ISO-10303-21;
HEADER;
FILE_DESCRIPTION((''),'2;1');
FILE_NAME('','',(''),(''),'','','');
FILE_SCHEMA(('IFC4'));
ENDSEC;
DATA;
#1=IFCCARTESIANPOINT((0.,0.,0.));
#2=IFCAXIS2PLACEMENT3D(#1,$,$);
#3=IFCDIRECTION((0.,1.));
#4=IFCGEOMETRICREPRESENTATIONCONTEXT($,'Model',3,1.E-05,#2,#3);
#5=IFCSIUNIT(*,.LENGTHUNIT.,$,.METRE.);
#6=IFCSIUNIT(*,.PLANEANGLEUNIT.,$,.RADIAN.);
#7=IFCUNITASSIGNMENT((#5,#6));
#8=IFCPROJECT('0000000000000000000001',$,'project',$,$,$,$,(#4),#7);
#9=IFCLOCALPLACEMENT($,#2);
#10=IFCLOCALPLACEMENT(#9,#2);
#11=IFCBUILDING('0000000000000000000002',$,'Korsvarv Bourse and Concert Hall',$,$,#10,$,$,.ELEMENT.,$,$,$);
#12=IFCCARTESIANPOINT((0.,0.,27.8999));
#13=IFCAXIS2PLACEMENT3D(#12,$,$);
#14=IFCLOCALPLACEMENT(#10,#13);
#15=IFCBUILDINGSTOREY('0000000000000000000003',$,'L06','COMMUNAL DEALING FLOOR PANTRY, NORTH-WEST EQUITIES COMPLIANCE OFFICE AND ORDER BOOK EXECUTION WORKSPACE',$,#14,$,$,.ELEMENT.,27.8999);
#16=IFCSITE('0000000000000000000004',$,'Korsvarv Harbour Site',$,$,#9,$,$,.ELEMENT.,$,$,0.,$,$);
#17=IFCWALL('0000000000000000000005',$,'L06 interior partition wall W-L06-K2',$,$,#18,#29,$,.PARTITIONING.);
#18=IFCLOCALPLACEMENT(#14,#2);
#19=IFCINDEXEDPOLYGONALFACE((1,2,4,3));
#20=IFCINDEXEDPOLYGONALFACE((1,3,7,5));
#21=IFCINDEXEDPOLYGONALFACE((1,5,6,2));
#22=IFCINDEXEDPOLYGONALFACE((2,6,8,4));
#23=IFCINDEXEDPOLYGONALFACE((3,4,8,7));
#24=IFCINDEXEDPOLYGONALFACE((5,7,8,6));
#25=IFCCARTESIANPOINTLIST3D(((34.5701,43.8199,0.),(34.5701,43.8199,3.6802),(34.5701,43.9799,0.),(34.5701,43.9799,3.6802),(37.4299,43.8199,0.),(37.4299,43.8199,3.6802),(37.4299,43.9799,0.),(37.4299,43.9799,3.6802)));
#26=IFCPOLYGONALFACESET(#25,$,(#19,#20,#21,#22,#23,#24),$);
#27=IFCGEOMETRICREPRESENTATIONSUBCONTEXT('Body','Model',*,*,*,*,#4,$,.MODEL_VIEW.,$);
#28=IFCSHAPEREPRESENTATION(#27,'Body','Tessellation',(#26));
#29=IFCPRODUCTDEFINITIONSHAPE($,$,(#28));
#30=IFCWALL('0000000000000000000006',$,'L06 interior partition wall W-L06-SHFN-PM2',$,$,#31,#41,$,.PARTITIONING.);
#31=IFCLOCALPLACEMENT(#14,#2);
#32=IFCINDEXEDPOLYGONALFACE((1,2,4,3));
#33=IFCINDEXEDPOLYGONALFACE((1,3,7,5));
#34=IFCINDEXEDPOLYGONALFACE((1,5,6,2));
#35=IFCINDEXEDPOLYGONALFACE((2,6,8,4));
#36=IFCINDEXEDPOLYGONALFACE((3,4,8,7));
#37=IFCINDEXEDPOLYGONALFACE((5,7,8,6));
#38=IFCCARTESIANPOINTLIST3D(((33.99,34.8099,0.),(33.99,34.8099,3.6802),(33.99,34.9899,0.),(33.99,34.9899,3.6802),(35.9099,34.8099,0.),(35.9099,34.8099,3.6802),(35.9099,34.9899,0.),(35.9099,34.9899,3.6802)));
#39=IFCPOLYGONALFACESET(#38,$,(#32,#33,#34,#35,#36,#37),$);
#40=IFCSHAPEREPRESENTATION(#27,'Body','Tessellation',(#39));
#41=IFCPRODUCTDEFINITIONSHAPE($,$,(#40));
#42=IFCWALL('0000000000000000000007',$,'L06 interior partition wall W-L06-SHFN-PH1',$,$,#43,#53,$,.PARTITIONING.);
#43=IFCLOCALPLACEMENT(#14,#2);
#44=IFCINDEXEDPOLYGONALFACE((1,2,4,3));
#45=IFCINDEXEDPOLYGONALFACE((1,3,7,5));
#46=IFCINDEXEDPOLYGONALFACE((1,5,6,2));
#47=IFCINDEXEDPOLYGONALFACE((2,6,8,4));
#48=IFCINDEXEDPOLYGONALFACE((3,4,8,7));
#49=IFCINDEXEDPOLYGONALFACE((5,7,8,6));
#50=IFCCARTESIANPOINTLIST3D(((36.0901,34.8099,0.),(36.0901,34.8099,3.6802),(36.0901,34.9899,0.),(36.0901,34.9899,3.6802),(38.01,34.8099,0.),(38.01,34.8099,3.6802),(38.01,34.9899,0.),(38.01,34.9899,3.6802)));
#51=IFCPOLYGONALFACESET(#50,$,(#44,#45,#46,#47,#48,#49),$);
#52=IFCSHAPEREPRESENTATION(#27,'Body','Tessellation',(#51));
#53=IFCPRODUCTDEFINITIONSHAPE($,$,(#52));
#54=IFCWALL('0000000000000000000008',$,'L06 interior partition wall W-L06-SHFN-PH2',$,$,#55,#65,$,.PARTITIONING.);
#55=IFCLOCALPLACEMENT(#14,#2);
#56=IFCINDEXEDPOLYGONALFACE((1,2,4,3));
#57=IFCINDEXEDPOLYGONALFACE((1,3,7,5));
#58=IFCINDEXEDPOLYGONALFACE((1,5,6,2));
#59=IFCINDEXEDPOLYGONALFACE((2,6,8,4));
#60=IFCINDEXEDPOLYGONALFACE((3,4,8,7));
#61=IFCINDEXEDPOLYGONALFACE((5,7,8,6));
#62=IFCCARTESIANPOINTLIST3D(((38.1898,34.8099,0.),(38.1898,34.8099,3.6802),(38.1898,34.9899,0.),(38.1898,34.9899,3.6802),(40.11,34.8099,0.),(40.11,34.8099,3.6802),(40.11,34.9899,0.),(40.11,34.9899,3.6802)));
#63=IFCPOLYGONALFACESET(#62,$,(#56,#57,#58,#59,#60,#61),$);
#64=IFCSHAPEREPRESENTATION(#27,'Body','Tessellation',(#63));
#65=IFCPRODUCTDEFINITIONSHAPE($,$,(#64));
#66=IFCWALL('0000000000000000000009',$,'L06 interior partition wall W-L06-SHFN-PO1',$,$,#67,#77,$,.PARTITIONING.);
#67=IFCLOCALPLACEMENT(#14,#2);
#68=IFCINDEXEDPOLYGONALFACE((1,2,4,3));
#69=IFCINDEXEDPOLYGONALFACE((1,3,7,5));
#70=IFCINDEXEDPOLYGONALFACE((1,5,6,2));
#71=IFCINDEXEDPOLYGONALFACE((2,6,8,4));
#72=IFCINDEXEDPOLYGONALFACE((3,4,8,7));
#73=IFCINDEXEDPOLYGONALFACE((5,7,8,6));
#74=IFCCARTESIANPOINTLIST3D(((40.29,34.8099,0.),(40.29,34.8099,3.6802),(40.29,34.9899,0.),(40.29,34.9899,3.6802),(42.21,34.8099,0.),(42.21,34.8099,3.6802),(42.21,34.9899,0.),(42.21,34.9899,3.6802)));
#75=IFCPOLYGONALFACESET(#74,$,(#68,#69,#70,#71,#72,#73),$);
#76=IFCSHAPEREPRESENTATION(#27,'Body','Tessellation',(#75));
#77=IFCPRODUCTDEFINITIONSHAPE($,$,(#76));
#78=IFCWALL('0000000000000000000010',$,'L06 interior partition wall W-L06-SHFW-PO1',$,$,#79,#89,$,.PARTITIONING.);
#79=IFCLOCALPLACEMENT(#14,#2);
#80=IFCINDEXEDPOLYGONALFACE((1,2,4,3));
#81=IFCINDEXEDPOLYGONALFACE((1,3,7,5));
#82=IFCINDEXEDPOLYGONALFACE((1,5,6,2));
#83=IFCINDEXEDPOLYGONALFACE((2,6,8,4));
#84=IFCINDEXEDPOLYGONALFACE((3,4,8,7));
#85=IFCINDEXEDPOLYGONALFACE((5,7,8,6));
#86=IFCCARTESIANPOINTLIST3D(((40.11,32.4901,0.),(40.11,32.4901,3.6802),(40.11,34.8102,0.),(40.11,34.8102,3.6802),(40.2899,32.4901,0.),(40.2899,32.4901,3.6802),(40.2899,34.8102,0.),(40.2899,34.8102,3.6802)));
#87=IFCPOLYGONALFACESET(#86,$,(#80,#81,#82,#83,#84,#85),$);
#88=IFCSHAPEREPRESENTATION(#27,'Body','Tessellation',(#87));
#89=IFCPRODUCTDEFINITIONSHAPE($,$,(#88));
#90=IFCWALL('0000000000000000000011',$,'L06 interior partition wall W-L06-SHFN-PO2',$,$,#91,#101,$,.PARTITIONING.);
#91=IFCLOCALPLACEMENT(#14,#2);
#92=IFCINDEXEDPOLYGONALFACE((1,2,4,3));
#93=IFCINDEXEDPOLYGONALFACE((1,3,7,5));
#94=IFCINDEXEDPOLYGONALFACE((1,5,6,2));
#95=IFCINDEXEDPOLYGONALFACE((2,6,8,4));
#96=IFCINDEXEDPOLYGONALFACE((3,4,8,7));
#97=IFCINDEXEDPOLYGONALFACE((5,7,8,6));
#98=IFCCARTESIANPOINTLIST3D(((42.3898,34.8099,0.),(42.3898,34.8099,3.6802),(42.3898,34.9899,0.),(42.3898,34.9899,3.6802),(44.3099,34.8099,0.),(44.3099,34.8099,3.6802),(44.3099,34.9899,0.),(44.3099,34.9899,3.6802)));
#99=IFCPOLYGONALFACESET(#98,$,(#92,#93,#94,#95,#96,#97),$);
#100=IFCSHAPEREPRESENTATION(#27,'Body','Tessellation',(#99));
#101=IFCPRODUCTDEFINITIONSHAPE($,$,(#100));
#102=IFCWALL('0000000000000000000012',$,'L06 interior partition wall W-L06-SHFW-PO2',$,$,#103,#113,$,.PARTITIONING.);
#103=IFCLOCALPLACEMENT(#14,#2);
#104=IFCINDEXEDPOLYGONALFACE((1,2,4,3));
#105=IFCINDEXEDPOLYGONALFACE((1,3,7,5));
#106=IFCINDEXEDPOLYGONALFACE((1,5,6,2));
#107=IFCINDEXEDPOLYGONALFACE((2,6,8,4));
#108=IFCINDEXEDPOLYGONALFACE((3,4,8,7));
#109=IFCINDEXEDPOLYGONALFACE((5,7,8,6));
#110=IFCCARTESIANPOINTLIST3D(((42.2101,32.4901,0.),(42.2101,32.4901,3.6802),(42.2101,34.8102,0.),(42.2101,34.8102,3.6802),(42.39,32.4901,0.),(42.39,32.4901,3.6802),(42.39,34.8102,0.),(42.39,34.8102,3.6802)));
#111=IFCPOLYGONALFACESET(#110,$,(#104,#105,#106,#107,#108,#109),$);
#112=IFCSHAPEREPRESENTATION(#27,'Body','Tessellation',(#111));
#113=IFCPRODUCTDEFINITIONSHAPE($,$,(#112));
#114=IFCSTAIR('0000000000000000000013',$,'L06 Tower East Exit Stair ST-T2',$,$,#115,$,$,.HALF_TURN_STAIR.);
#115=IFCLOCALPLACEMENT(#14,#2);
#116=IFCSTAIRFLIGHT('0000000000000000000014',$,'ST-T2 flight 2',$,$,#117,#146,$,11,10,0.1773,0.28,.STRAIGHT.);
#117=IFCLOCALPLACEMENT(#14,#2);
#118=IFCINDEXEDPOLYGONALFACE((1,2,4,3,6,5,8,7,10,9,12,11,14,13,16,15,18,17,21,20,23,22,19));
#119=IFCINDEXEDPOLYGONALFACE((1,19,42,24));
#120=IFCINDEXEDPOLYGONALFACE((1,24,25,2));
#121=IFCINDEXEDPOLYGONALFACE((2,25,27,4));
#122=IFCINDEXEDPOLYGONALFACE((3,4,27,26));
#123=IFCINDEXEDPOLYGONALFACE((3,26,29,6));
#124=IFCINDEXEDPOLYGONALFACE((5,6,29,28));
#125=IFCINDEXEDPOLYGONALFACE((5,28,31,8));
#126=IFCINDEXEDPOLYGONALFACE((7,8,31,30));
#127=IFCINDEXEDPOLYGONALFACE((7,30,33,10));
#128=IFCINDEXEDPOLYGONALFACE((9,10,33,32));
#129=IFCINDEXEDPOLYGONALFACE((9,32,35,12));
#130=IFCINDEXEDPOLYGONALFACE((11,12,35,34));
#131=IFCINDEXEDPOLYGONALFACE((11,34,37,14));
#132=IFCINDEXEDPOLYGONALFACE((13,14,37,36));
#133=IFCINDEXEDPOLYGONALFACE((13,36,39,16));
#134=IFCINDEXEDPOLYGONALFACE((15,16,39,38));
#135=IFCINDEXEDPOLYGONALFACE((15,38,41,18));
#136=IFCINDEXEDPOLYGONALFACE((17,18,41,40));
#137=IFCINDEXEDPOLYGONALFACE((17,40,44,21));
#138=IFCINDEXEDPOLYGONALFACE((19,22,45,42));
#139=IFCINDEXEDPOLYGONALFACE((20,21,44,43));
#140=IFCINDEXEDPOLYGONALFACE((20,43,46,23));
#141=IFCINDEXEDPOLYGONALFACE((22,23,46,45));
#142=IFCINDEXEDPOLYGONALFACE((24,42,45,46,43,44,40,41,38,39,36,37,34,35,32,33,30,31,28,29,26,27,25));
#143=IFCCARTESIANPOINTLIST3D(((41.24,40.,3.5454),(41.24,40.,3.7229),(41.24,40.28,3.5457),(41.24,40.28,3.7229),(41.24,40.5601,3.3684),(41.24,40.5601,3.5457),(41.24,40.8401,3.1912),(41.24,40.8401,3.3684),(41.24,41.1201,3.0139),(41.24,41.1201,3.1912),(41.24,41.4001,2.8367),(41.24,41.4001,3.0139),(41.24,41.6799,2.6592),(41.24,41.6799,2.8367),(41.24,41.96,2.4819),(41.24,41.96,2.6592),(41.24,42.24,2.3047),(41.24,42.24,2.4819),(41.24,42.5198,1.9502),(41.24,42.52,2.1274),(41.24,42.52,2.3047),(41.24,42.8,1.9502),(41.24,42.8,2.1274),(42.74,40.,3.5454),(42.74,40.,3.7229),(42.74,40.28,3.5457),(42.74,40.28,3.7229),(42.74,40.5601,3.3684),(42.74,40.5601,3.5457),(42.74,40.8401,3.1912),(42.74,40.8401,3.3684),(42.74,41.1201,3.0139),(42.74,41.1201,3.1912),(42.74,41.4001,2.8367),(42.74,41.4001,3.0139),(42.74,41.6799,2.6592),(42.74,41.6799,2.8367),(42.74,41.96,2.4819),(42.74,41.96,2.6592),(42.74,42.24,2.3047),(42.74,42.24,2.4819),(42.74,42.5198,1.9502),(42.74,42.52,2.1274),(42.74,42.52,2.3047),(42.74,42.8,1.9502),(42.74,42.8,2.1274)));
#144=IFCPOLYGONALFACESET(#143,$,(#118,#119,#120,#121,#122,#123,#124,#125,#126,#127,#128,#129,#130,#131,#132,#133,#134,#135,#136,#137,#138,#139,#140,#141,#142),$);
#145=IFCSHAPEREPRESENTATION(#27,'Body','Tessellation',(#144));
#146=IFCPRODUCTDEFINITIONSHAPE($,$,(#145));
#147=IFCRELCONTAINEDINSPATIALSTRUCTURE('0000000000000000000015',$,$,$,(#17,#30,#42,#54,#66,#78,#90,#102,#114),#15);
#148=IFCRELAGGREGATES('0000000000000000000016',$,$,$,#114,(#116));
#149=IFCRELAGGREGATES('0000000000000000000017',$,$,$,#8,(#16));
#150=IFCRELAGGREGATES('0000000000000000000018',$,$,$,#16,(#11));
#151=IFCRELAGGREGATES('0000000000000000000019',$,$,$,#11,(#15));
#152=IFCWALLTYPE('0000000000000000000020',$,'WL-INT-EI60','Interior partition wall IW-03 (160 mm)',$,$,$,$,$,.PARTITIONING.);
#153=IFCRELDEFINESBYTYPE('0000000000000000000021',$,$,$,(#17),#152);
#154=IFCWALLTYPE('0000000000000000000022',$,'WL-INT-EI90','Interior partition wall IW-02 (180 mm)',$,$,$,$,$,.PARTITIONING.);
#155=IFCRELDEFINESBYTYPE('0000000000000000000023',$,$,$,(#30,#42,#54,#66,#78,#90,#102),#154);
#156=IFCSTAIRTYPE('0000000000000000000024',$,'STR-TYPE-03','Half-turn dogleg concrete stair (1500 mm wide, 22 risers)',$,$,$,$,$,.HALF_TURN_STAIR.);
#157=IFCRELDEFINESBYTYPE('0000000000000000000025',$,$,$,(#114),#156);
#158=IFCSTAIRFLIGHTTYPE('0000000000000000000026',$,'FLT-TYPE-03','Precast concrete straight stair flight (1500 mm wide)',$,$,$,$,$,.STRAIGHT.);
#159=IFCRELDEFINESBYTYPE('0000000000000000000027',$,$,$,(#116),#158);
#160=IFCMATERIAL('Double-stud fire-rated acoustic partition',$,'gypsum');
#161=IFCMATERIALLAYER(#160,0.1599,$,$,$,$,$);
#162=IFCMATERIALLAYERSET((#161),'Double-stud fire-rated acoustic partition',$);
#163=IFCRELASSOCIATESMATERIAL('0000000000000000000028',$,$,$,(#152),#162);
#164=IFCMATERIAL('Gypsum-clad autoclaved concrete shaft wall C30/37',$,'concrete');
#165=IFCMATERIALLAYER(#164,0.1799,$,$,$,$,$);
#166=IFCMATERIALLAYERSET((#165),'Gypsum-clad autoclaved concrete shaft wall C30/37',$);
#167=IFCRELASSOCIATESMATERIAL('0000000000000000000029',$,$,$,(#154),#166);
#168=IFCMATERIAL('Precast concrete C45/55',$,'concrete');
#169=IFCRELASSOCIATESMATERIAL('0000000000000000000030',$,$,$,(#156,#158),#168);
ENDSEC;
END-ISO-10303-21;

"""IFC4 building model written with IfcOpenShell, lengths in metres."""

from ifc_helpers import new_model, si_unit, direction, frame, frame_2d, origin, place, context, subcontext, project, spatial, polyline, rectangle, outline, extrude, material, layer, layer_set, type_object, element, aggregate, save


model = new_model("IFC4")

# Units and contexts
model_context = context("Model", 3, precision=1e-05, world=origin(), true_north=direction((0.0, 1.0)))
body_context = subcontext(model_context, "Body", "Model", "MODEL_VIEW")
ifc_project = project(units=[si_unit("LENGTHUNIT", "METRE"), si_unit("PLANEANGLEUNIT", "RADIAN")], contexts=[model_context])

# Site, building, storey
site_placement = place(None, origin())
site = spatial("IfcSite", under=ifc_project, at=site_placement, Name="Korsvarv Harbour Site", CompositionType="ELEMENT", RefElevation=0.0)
building_placement = place(site_placement, origin())
building = spatial("IfcBuilding", under=site, at=building_placement, Name="Korsvarv Bourse and Concert Hall", CompositionType="ELEMENT")
storey_placement = place(building_placement, frame((0.0, 0.0, 27.8999)))
storey = spatial("IfcBuildingStorey", under=building, at=storey_placement, Name="L06", Description="COMMUNAL DEALING FLOOR PANTRY, NORTH-WEST EQUITIES COMPLIANCE OFFICE AND ORDER BOOK EXECUTION WORKSPACE", CompositionType="ELEMENT", Elevation=27.8999)

# Walls
ifc_material_1 = material(Name="Double-stud fire-rated acoustic partition", Category="gypsum")
ifc_layer_1 = layer(ifc_material_1, 0.1599)
ifc_layer_set_1 = layer_set([ifc_layer_1], Name="Double-stud fire-rated acoustic partition")
wall_type_1 = type_object("IfcWallType", Name="WL-INT-EI60", Description="Interior partition wall IW-03 (160 mm)", PredefinedType="PARTITIONING", material=ifc_layer_set_1)
for number, where, z_axis, x_axis, name in (
    (1, (34.5701, 43.8999, 0.0), (0.0, 0.0, 1.0), (1.0, 0.0, 0.0), "L06 interior partition wall W-L06-K2"),
):
    element("IfcWall", number, at=place(storey_placement, frame(where, z_axis=z_axis, x_axis=x_axis)), inside=storey, type_object=wall_type_1, Name=name, PredefinedType="PARTITIONING", context=body_context, shape_type="SweptSolid", body=[
        extrude(rectangle(XDim=2.8599, YDim=0.1599, at=frame_2d((1.4299, 0.0))), origin(), (0.0, 0.0, 1.0), 3.6802),
    ])
ifc_material_2 = material(Name="Gypsum-clad autoclaved concrete shaft wall C30/37", Category="concrete")
ifc_layer_2 = layer(ifc_material_2, 0.1799)
ifc_layer_set_2 = layer_set([ifc_layer_2], Name="Gypsum-clad autoclaved concrete shaft wall C30/37")
wall_type_2 = type_object("IfcWallType", Name="WL-INT-EI90", Description="Interior partition wall IW-02 (180 mm)", PredefinedType="PARTITIONING", material=ifc_layer_set_2)
for number, where, z_axis, x_axis, name in (
    (2, (33.99, 34.8999, 0.0), (0.0, 0.0, 1.0), (1.0, 0.0, 0.0), "L06 interior partition wall W-L06-SHFN-PM2"),
    (3, (36.0901, 34.8999, 0.0), (0.0, 0.0, 1.0), (1.0, 0.0, 0.0), "L06 interior partition wall W-L06-SHFN-PH1"),
):
    element("IfcWall", number, at=place(storey_placement, frame(where, z_axis=z_axis, x_axis=x_axis)), inside=storey, type_object=wall_type_2, Name=name, PredefinedType="PARTITIONING", context=body_context, shape_type="SweptSolid", body=[
        extrude(rectangle(XDim=1.9199, YDim=0.1799, at=frame_2d((0.96, 0.0))), origin(), (0.0, 0.0, 1.0), 3.6802),
    ])
wall_1_placement = place(storey_placement, frame((38.1899, 34.8999, 0.0), z_axis=(0.0, 0.0, 1.0), x_axis=(1.0, 0.0, 0.0)))
element("IfcWall", 4, at=wall_1_placement, inside=storey, type_object=wall_type_2, Name="L06 interior partition wall W-L06-SHFN-PH2", PredefinedType="PARTITIONING", context=body_context, shape_type="SweptSolid", body=[
    extrude(rectangle(XDim=1.9202, YDim=0.1799, at=frame_2d((0.96, 0.0))), origin(), (0.0, 0.0, 1.0), 3.6802),
])
wall_2_placement = place(storey_placement, frame((40.29, 34.8999, 0.0), z_axis=(0.0, 0.0, 1.0), x_axis=(1.0, 0.0, 0.0)))
element("IfcWall", 5, at=wall_2_placement, inside=storey, type_object=wall_type_2, Name="L06 interior partition wall W-L06-SHFN-PO1", PredefinedType="PARTITIONING", context=body_context, shape_type="SweptSolid", body=[
    extrude(rectangle(XDim=1.9199, YDim=0.1799, at=frame_2d((0.96, 0.0))), origin(), (0.0, 0.0, 1.0), 3.6802),
])
wall_3_placement = place(storey_placement, frame((40.2, 32.49, 0.0), z_axis=(0.0, 0.0, 1.0), x_axis=(0.0, 1.0, 0.0)))
element("IfcWall", 6, at=wall_3_placement, inside=storey, type_object=wall_type_2, Name="L06 interior partition wall W-L06-SHFW-PO1", PredefinedType="PARTITIONING", context=body_context, shape_type="SweptSolid", body=[
    extrude(rectangle(XDim=2.3201, YDim=0.1799, at=frame_2d((1.1602, 0.0))), origin(), (0.0, 0.0, 1.0), 3.6802),
])
wall_4_placement = place(storey_placement, frame((42.3899, 34.8999, 0.0), z_axis=(0.0, 0.0, 1.0), x_axis=(1.0, 0.0, 0.0)))
element("IfcWall", 7, at=wall_4_placement, inside=storey, type_object=wall_type_2, Name="L06 interior partition wall W-L06-SHFN-PO2", PredefinedType="PARTITIONING", context=body_context, shape_type="SweptSolid", body=[
    extrude(rectangle(XDim=1.9202, YDim=0.1799, at=frame_2d((0.96, 0.0))), origin(), (0.0, 0.0, 1.0), 3.6802),
])
wall_5_placement = place(storey_placement, frame((42.3, 32.49, 0.0), z_axis=(0.0, 0.0, 1.0), x_axis=(0.0, 1.0, 0.0)))
element("IfcWall", 8, at=wall_5_placement, inside=storey, type_object=wall_type_2, Name="L06 interior partition wall W-L06-SHFW-PO2", PredefinedType="PARTITIONING", context=body_context, shape_type="SweptSolid", body=[
    extrude(rectangle(XDim=2.3201, YDim=0.1799, at=frame_2d((1.1602, 0.0))), origin(), (0.0, 0.0, 1.0), 3.6802),
])

# Stair, stair flight
ifc_material_3 = material(Name="Precast concrete C45/55", Category="concrete")
stair_type = type_object("IfcStairType", Name="STR-TYPE-03", Description="Half-turn dogleg concrete stair (1500 mm wide, 22 risers)", PredefinedType="HALF_TURN_STAIR", material=ifc_material_3)
stair_placement = place(storey_placement, origin())
stair = element("IfcStair", 9, at=stair_placement, inside=storey, type_object=stair_type, Name="L06 Tower East Exit Stair ST-T2", PredefinedType="HALF_TURN_STAIR")
stair_flight_type = type_object("IfcStairFlightType", Name="FLT-TYPE-03", Description="Precast concrete straight stair flight (1500 mm wide)", PredefinedType="STRAIGHT", material=ifc_material_3)
stair_flight_placement = place(storey_placement, frame((41.99, 42.8, 1.9502), z_axis=(0.0, 0.0, 1.0), x_axis=(0.0, -1.0, 0.0)))
stair_flight = element("IfcStairFlight", 10, at=stair_flight_placement, type_object=stair_flight_type, Name="ST-T2 flight 2", NumberOfRisers=11, NumberOfTreads=10, PredefinedType="STRAIGHT", RiserHeight=0.1773, TreadLength=0.28, context=body_context, shape_type="SweptSolid", body=[
    extrude(outline(polyline([(0.0, 0.0), (0.0, 0.1772), (0.28, 0.1772), (0.28, 0.3545), (0.5601, 0.3545), (0.5601, 0.5317), (0.8401, 0.5317), (0.8401, 0.709), (1.1201, 0.709), (1.1201, 0.8865), (1.3999, 0.8865), (1.3999, 1.0637), (1.6799, 1.0637), (1.6799, 1.241), (1.96, 1.241), (1.96, 1.4182), (2.24, 1.4182), (2.24, 1.5955), (2.52, 1.5955), (2.52, 1.7727), (2.8, 1.7727), (2.8, 1.95), (2.8, 1.5952), (0.2803, 0.0), (0.0, 0.0)])), frame((0.0, 0.75, 0.0), z_axis=(0.0, -1.0, 0.0), x_axis=(1.0, 0.0, 0.0)), (0.0, 0.0, 1.0), 1.5),
])
aggregate(stair, [stair_flight])

save(model, "model.ifc")
